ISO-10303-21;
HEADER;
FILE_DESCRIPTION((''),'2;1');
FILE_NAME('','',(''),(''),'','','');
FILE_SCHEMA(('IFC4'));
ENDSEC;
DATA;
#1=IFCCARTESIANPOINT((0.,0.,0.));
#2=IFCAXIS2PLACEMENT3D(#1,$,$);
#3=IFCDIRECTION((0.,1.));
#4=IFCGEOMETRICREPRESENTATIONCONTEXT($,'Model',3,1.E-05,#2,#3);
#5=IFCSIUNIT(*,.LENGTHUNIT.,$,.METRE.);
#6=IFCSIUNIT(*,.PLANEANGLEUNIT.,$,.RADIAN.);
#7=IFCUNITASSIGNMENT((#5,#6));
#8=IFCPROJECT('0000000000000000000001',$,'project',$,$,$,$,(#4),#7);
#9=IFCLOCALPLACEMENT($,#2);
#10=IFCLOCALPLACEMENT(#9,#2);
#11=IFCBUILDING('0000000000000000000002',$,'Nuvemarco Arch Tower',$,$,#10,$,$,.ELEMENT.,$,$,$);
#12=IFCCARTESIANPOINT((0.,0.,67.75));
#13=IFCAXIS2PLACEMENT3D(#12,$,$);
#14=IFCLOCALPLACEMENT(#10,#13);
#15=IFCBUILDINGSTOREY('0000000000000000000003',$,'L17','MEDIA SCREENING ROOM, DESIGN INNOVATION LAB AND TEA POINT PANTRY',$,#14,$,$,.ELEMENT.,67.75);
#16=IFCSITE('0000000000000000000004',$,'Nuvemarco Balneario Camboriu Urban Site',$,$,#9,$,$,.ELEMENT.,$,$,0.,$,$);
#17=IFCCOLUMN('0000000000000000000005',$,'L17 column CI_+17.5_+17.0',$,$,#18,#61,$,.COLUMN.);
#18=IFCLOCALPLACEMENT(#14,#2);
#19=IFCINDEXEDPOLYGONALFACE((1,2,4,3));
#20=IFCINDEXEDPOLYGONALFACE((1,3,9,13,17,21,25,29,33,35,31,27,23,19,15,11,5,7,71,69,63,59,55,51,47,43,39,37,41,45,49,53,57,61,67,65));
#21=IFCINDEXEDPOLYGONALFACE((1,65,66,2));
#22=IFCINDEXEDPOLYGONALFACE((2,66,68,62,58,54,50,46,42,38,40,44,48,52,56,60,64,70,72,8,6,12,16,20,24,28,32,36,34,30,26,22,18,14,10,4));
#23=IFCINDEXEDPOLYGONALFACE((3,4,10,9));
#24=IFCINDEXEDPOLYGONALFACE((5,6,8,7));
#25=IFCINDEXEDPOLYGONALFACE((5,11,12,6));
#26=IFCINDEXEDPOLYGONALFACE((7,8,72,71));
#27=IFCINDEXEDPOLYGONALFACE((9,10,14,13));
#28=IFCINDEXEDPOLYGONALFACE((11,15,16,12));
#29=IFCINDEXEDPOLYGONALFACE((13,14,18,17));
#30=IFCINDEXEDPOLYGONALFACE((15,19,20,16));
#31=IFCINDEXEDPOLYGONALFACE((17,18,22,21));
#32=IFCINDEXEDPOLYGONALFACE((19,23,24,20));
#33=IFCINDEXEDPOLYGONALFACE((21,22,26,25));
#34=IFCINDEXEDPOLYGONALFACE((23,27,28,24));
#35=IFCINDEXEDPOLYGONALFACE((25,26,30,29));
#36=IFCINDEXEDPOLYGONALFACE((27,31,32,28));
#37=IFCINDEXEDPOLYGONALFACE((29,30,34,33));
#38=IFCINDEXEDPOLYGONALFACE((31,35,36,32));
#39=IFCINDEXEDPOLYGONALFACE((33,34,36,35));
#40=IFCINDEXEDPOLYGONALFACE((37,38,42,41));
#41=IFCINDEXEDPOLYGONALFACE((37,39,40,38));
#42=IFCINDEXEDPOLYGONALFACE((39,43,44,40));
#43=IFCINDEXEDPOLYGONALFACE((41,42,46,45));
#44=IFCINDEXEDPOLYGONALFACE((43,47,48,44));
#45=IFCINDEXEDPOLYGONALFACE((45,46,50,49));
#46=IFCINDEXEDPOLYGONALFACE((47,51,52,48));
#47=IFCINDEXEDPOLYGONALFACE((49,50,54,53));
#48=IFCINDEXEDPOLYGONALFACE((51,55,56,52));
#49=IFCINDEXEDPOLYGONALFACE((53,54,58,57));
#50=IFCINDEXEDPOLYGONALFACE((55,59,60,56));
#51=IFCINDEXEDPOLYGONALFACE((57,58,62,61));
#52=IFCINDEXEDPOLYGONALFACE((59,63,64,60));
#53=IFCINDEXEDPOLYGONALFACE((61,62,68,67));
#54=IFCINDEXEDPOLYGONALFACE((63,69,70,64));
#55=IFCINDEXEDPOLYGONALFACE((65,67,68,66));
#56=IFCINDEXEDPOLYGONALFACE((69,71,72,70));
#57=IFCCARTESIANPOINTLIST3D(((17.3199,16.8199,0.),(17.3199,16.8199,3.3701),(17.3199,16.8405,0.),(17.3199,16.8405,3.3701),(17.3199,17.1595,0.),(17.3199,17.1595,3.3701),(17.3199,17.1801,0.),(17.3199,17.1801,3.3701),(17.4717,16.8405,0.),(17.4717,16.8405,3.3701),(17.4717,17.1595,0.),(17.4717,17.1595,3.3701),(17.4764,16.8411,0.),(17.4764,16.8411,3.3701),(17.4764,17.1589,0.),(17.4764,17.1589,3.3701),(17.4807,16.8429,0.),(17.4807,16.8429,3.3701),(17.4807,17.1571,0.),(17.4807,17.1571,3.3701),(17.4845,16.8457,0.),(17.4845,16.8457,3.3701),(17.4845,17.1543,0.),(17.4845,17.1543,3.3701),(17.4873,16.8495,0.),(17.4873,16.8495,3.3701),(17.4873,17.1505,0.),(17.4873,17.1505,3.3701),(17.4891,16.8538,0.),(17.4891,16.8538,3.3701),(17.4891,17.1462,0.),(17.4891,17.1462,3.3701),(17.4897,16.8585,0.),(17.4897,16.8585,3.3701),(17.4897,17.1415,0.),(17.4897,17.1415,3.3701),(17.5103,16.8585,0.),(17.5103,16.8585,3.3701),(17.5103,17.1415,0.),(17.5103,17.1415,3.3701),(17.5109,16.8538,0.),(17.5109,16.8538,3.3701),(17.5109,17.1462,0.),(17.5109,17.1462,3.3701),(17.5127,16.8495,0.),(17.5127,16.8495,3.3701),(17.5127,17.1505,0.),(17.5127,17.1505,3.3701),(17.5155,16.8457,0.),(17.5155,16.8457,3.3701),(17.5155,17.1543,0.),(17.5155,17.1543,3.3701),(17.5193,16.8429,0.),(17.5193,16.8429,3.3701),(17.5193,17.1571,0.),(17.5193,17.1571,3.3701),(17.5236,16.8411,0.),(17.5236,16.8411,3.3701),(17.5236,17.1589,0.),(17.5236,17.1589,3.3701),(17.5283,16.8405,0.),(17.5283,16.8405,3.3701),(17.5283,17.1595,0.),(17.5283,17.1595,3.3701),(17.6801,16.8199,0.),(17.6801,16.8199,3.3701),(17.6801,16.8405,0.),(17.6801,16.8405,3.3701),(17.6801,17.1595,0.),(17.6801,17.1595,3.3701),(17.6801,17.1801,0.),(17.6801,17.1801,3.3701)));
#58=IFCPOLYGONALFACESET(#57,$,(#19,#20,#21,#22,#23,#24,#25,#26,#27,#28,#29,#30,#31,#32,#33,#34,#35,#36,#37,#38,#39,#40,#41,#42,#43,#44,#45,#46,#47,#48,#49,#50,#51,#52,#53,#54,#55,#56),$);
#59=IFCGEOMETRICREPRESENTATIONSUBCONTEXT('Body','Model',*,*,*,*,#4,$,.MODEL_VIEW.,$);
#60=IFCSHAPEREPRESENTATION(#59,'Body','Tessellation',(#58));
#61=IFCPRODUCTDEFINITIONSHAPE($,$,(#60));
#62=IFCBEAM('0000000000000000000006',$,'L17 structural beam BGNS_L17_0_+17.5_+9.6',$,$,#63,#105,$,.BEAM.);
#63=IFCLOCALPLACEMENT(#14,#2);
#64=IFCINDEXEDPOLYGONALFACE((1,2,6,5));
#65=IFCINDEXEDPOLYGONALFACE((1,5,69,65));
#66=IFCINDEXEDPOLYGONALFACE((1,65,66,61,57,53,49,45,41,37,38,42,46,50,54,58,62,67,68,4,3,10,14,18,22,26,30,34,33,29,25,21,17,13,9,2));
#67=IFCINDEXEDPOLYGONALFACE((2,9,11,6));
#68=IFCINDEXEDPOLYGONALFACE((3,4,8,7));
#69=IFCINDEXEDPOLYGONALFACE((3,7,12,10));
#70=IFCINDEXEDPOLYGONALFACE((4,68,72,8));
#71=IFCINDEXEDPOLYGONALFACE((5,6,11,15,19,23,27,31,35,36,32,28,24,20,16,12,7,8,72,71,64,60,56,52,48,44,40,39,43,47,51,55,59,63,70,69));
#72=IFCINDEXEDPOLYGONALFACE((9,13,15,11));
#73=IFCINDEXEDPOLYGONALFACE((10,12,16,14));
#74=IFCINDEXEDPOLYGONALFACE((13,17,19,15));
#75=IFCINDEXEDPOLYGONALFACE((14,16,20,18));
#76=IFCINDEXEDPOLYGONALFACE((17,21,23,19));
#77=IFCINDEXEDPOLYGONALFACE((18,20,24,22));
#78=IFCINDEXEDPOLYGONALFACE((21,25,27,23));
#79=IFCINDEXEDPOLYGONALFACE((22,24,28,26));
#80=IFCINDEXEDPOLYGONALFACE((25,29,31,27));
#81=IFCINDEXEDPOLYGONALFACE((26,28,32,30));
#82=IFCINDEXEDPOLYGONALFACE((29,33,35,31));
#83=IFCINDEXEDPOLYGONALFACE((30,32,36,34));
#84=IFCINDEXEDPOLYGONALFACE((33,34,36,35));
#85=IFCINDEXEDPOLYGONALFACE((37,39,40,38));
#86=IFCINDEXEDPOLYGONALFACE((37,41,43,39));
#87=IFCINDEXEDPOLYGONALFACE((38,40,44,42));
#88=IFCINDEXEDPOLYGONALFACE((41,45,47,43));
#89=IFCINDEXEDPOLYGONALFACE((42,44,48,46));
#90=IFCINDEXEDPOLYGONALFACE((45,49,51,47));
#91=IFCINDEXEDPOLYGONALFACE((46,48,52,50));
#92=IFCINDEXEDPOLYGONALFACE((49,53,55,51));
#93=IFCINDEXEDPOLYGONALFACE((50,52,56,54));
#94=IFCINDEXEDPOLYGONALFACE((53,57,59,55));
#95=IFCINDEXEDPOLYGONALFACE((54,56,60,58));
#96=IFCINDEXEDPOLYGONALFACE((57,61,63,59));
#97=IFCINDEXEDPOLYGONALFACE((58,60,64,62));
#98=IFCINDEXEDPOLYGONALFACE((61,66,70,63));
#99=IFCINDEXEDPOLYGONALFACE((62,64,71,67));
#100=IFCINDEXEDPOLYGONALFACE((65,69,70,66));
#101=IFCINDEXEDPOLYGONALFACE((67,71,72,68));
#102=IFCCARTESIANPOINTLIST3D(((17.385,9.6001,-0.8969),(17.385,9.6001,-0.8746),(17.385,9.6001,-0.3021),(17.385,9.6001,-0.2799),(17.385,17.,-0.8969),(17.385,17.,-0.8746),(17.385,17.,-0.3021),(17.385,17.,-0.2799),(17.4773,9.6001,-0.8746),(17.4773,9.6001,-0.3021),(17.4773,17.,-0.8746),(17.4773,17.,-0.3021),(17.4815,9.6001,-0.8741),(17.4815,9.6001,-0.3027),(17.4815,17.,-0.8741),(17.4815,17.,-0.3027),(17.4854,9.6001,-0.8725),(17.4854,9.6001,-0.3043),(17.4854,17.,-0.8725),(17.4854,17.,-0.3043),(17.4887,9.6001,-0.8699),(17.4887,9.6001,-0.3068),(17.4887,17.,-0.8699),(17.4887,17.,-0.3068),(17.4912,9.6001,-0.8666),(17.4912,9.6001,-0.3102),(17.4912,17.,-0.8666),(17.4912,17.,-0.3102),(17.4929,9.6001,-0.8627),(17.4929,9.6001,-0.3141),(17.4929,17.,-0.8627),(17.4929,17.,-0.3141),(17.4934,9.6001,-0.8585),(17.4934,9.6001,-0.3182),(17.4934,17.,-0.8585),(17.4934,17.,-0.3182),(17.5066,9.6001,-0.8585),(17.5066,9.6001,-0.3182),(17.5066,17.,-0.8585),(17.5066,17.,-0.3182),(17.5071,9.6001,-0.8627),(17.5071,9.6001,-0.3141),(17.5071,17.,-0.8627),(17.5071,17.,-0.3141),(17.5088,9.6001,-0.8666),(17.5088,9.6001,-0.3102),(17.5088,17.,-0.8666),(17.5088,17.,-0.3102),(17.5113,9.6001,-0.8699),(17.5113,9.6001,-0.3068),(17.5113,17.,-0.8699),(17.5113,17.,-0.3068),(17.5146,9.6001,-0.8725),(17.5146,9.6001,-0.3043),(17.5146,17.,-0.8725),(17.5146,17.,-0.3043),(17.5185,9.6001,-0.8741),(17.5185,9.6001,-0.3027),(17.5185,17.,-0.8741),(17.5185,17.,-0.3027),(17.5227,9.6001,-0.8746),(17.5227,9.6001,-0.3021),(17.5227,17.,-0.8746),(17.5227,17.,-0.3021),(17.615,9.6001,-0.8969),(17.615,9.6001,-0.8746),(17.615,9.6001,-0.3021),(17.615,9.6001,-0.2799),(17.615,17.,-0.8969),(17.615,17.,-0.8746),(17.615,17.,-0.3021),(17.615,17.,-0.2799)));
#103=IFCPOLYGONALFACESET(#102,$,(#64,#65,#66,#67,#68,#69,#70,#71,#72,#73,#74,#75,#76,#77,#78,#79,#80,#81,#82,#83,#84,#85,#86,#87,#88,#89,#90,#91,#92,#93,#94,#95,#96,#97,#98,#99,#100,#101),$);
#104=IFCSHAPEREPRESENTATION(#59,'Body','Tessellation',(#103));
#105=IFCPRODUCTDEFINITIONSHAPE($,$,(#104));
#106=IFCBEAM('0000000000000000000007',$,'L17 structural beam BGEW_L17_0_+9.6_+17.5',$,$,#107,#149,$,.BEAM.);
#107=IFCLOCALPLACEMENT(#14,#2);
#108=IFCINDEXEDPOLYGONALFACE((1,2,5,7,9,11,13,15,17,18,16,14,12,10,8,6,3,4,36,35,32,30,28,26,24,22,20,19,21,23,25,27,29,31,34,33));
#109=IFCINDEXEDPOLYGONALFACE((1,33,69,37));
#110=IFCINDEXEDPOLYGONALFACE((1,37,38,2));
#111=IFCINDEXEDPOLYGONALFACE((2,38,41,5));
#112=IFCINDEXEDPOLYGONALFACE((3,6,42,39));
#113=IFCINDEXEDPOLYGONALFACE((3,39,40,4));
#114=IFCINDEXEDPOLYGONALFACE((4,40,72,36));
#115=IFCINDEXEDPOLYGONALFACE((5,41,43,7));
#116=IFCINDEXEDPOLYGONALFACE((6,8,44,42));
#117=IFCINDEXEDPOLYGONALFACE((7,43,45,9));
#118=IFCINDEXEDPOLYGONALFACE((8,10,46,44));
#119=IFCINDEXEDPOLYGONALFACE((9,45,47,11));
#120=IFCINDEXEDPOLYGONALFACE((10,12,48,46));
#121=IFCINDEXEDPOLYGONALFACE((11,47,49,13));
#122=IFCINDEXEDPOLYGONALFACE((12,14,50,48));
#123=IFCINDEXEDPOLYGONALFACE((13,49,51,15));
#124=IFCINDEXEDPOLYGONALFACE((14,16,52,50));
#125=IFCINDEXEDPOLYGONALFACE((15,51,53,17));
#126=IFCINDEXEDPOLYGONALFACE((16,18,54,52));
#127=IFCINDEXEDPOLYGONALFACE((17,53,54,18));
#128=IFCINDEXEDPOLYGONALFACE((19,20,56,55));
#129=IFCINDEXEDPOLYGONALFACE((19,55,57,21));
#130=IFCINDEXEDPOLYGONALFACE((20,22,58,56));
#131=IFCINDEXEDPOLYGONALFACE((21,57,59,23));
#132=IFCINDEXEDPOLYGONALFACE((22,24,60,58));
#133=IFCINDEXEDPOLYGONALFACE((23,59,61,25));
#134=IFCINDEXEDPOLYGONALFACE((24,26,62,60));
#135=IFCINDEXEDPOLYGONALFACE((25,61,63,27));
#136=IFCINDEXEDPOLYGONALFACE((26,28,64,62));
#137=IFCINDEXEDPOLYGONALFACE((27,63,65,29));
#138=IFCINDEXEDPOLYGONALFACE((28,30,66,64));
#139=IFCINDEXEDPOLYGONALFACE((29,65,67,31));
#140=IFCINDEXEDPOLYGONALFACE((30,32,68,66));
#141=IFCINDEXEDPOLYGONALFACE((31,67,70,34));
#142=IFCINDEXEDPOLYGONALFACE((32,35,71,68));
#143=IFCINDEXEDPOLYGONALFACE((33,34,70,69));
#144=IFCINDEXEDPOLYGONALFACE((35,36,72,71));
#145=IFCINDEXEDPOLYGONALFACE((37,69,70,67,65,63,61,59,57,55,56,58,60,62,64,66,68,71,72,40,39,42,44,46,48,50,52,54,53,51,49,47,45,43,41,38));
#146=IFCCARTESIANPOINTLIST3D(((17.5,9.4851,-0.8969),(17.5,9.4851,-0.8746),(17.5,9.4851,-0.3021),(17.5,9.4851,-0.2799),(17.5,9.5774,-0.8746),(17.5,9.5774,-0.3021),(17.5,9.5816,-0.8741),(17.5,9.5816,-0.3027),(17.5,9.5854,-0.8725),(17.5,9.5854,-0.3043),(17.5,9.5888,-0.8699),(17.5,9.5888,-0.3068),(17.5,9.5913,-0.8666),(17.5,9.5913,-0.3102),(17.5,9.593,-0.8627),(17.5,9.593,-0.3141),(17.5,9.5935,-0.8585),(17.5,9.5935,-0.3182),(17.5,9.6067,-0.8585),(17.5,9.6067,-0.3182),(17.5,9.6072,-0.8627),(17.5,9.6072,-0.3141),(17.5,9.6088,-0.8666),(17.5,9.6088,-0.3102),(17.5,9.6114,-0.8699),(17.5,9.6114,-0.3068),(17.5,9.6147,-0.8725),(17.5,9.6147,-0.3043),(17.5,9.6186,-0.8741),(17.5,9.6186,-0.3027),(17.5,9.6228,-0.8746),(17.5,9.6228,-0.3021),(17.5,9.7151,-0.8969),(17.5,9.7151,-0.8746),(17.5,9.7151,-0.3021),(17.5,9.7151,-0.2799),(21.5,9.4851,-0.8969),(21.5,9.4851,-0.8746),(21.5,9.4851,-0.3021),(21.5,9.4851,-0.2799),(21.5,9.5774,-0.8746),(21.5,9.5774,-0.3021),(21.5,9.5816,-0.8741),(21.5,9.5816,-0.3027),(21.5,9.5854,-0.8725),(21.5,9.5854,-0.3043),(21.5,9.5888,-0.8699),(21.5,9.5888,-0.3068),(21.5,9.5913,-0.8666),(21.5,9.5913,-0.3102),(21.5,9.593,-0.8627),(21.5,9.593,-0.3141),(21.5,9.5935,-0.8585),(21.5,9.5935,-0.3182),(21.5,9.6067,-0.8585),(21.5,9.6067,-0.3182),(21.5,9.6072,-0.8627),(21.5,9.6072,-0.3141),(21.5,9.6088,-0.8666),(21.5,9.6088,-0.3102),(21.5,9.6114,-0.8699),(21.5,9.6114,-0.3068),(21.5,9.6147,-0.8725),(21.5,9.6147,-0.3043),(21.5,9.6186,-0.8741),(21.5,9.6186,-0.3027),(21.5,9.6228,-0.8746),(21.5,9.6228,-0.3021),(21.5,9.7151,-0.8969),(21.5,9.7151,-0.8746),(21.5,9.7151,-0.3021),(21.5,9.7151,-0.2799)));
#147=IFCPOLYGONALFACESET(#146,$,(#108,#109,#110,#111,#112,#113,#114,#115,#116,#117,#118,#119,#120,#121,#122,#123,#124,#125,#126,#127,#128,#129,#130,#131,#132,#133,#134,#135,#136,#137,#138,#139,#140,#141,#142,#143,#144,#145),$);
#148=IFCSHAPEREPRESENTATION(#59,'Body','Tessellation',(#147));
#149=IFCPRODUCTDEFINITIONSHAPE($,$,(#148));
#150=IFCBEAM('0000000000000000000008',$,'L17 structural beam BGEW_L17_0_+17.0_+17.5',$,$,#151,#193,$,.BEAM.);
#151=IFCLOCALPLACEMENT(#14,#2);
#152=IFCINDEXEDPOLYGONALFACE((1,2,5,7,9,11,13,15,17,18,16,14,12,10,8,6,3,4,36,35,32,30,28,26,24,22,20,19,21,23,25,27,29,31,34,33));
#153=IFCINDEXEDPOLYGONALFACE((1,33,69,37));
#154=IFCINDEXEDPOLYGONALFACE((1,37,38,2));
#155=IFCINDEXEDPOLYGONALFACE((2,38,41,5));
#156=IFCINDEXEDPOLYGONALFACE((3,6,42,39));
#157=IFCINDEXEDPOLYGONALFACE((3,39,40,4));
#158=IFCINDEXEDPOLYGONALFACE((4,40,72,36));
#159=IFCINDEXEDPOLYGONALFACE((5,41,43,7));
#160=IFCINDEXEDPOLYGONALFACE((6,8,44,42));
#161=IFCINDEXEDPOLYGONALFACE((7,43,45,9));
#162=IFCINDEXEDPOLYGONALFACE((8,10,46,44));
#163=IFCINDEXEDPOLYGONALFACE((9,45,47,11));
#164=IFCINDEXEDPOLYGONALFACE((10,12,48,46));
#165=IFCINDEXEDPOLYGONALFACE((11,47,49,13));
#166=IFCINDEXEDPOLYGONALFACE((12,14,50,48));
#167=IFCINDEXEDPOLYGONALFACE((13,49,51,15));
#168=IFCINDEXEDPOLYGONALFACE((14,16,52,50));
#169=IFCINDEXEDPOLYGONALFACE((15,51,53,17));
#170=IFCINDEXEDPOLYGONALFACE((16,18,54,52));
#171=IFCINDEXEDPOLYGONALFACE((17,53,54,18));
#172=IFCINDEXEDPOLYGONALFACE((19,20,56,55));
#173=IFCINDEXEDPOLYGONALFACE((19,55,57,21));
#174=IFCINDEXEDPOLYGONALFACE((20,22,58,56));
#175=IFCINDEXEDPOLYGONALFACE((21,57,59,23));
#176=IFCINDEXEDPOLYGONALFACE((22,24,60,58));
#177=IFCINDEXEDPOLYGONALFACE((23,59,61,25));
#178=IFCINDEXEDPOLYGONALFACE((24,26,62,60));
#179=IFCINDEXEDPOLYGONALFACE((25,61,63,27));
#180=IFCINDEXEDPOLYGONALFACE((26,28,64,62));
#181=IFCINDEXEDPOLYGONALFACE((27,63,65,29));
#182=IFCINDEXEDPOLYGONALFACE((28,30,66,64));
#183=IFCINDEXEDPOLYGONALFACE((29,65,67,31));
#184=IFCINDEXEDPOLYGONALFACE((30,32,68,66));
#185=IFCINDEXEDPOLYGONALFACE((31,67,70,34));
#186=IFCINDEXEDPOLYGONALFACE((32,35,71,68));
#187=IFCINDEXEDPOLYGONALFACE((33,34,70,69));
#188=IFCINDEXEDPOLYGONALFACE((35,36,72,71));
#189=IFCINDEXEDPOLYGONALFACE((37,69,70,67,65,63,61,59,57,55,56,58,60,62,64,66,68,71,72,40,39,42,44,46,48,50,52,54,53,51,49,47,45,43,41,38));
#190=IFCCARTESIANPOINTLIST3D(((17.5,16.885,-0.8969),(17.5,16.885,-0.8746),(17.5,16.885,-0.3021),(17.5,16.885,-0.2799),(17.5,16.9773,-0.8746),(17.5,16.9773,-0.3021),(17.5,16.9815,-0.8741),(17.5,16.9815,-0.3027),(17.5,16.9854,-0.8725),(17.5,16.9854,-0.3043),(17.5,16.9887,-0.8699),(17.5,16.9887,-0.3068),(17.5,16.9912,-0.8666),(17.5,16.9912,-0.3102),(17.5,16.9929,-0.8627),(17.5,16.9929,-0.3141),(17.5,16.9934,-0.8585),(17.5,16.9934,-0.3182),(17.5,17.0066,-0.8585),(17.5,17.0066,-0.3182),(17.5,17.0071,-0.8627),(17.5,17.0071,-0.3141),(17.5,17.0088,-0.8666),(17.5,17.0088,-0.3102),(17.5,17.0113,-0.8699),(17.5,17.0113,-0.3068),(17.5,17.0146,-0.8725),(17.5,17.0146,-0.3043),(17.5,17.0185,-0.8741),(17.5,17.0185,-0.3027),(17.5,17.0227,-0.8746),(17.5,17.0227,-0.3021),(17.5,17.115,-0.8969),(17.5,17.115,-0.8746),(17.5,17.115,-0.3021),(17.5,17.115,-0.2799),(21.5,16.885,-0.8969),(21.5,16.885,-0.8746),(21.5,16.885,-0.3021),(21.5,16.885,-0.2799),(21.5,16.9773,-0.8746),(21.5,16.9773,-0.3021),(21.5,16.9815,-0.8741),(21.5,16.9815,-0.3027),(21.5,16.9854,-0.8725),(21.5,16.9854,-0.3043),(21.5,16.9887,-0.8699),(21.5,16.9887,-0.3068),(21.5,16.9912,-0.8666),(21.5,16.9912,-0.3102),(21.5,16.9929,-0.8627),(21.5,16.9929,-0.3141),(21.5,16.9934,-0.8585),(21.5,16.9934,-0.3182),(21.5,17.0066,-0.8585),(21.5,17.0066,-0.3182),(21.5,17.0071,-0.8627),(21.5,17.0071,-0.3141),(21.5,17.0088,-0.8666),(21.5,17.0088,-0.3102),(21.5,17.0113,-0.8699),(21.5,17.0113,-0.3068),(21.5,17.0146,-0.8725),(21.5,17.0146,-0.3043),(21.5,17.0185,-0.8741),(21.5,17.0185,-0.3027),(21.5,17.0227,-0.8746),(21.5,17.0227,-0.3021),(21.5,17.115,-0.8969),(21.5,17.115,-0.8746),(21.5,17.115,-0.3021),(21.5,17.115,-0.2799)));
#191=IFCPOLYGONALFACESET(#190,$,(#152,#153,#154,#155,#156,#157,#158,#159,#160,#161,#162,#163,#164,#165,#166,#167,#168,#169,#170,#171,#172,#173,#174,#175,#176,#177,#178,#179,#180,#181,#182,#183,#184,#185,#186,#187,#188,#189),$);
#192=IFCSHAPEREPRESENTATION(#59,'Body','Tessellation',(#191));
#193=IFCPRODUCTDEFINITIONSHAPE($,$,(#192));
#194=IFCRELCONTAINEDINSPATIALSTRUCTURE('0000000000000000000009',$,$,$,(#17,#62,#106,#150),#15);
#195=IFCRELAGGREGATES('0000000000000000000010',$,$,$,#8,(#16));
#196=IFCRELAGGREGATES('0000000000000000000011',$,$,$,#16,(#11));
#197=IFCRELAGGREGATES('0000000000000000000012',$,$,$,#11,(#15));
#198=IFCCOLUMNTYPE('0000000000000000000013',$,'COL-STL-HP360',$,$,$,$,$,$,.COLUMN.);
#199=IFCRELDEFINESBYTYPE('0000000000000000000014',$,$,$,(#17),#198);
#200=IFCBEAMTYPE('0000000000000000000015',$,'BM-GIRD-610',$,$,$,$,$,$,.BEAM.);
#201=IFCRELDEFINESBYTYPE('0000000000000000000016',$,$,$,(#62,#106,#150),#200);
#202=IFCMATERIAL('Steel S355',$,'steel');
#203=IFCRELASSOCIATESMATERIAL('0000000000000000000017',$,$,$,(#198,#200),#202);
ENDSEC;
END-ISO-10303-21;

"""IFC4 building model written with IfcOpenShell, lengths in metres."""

from ifc_helpers import new_model, si_unit, direction, frame, origin, origin_2d, place, context, subcontext, project, spatial, i_section, extrude, material, material_profile, profile_set, type_object, element, save


model = new_model("IFC4")

# Units and contexts
model_context = context("Model", 3, precision=1e-05, world=origin(), true_north=direction((0.0, 1.0)))
body_context = subcontext(model_context, "Body", "Model", "MODEL_VIEW")
ifc_project = project(units=[si_unit("LENGTHUNIT", "METRE"), si_unit("PLANEANGLEUNIT", "RADIAN")], contexts=[model_context])

# Site, building, storey
site_placement = place(None, origin())
site = spatial("IfcSite", under=ifc_project, at=site_placement, Name="Nuvemarco Balneario Camboriu Urban Site", CompositionType="ELEMENT", RefElevation=0.0)
building_placement = place(site_placement, origin())
building = spatial("IfcBuilding", under=site, at=building_placement, Name="Nuvemarco Arch Tower", CompositionType="ELEMENT")
storey_placement = place(building_placement, frame((0.0, 0.0, 67.75)))
storey = spatial("IfcBuildingStorey", under=building, at=storey_placement, Name="L17", Description="MEDIA SCREENING ROOM, DESIGN INNOVATION LAB AND TEA POINT PANTRY", CompositionType="ELEMENT", Elevation=67.75)

# Column
ifc_material_1 = material(Name="Steel S355", Category="steel")
ifc_material_profile_1 = material_profile(ifc_material_1, i_section(OverallWidth=0.3601, OverallDepth=0.3601, WebThickness=0.0205, FlangeThickness=0.0205, FilletRadius=0.0181, at=origin_2d()), Name="HP360x174")
ifc_profile_set_1 = profile_set([ifc_material_profile_1], Name="Steel S355")
column_type_1 = type_object("IfcColumnType", Name="COL-STL-HP360", PredefinedType="COLUMN", material=ifc_profile_set_1)
column_1_placement = place(storey_placement, frame((17.5, 17.0, 0.0), z_axis=(0.0, 0.0, 1.0), x_axis=(1.0, 0.0, 0.0)))
element("IfcColumn", 1, at=column_1_placement, inside=storey, type_object=column_type_1, Name="L17 column CI_+17.5_+17.0", PredefinedType="COLUMN", context=body_context, shape_type="SweptSolid", body=[
    extrude(i_section(OverallWidth=0.3601, OverallDepth=0.3601, WebThickness=0.0205, FlangeThickness=0.0205, FilletRadius=0.0181, at=origin_2d()), origin(), (0.0, 0.0, 1.0), 3.3701),
])

# Beams
ifc_material_profile_2 = material_profile(ifc_material_1, i_section(OverallWidth=0.23, OverallDepth=0.6169, WebThickness=0.0132, FlangeThickness=0.0222, FilletRadius=0.0161, at=origin_2d()), Name="W610x140")
ifc_profile_set_2 = profile_set([ifc_material_profile_2], Name="Steel S355")
beam_type_1 = type_object("IfcBeamType", Name="BM-GIRD-610", PredefinedType="BEAM", material=ifc_profile_set_2)
beam_1_placement = place(storey_placement, frame((17.5, 9.6001, -0.5884), z_axis=(0.0, 1.0, 0.0), x_axis=(-1.0, 0.0, 0.0)))
element("IfcBeam", 2, at=beam_1_placement, inside=storey, type_object=beam_type_1, Name="L17 structural beam BGNS_L17_0_+17.5_+9.6", PredefinedType="BEAM", context=body_context, shape_type="SweptSolid", body=[
    extrude(i_section(OverallWidth=0.23, OverallDepth=0.6169, WebThickness=0.0132, FlangeThickness=0.0222, FilletRadius=0.0161, at=origin_2d()), origin(), (0.0, 0.0, 1.0), 7.3999),
])
for number, where, z_axis, x_axis, name in (
    (3, (17.5, 9.6001, -0.5884), (1.0, 0.0, 0.0), (0.0, 1.0, 0.0), "L17 structural beam BGEW_L17_0_+9.6_+17.5"),
    (4, (17.5, 17.0, -0.5884), (1.0, 0.0, 0.0), (0.0, 1.0, 0.0), "L17 structural beam BGEW_L17_0_+17.0_+17.5"),
):
    element("IfcBeam", number, at=place(storey_placement, frame(where, z_axis=z_axis, x_axis=x_axis)), inside=storey, type_object=beam_type_1, Name=name, PredefinedType="BEAM", context=body_context, shape_type="SweptSolid", body=[
        extrude(i_section(OverallWidth=0.23, OverallDepth=0.6169, WebThickness=0.0132, FlangeThickness=0.0222, FilletRadius=0.0161, at=origin_2d()), origin(), (0.0, 0.0, 1.0), 4.0),
    ])

save(model, "model.ifc")
